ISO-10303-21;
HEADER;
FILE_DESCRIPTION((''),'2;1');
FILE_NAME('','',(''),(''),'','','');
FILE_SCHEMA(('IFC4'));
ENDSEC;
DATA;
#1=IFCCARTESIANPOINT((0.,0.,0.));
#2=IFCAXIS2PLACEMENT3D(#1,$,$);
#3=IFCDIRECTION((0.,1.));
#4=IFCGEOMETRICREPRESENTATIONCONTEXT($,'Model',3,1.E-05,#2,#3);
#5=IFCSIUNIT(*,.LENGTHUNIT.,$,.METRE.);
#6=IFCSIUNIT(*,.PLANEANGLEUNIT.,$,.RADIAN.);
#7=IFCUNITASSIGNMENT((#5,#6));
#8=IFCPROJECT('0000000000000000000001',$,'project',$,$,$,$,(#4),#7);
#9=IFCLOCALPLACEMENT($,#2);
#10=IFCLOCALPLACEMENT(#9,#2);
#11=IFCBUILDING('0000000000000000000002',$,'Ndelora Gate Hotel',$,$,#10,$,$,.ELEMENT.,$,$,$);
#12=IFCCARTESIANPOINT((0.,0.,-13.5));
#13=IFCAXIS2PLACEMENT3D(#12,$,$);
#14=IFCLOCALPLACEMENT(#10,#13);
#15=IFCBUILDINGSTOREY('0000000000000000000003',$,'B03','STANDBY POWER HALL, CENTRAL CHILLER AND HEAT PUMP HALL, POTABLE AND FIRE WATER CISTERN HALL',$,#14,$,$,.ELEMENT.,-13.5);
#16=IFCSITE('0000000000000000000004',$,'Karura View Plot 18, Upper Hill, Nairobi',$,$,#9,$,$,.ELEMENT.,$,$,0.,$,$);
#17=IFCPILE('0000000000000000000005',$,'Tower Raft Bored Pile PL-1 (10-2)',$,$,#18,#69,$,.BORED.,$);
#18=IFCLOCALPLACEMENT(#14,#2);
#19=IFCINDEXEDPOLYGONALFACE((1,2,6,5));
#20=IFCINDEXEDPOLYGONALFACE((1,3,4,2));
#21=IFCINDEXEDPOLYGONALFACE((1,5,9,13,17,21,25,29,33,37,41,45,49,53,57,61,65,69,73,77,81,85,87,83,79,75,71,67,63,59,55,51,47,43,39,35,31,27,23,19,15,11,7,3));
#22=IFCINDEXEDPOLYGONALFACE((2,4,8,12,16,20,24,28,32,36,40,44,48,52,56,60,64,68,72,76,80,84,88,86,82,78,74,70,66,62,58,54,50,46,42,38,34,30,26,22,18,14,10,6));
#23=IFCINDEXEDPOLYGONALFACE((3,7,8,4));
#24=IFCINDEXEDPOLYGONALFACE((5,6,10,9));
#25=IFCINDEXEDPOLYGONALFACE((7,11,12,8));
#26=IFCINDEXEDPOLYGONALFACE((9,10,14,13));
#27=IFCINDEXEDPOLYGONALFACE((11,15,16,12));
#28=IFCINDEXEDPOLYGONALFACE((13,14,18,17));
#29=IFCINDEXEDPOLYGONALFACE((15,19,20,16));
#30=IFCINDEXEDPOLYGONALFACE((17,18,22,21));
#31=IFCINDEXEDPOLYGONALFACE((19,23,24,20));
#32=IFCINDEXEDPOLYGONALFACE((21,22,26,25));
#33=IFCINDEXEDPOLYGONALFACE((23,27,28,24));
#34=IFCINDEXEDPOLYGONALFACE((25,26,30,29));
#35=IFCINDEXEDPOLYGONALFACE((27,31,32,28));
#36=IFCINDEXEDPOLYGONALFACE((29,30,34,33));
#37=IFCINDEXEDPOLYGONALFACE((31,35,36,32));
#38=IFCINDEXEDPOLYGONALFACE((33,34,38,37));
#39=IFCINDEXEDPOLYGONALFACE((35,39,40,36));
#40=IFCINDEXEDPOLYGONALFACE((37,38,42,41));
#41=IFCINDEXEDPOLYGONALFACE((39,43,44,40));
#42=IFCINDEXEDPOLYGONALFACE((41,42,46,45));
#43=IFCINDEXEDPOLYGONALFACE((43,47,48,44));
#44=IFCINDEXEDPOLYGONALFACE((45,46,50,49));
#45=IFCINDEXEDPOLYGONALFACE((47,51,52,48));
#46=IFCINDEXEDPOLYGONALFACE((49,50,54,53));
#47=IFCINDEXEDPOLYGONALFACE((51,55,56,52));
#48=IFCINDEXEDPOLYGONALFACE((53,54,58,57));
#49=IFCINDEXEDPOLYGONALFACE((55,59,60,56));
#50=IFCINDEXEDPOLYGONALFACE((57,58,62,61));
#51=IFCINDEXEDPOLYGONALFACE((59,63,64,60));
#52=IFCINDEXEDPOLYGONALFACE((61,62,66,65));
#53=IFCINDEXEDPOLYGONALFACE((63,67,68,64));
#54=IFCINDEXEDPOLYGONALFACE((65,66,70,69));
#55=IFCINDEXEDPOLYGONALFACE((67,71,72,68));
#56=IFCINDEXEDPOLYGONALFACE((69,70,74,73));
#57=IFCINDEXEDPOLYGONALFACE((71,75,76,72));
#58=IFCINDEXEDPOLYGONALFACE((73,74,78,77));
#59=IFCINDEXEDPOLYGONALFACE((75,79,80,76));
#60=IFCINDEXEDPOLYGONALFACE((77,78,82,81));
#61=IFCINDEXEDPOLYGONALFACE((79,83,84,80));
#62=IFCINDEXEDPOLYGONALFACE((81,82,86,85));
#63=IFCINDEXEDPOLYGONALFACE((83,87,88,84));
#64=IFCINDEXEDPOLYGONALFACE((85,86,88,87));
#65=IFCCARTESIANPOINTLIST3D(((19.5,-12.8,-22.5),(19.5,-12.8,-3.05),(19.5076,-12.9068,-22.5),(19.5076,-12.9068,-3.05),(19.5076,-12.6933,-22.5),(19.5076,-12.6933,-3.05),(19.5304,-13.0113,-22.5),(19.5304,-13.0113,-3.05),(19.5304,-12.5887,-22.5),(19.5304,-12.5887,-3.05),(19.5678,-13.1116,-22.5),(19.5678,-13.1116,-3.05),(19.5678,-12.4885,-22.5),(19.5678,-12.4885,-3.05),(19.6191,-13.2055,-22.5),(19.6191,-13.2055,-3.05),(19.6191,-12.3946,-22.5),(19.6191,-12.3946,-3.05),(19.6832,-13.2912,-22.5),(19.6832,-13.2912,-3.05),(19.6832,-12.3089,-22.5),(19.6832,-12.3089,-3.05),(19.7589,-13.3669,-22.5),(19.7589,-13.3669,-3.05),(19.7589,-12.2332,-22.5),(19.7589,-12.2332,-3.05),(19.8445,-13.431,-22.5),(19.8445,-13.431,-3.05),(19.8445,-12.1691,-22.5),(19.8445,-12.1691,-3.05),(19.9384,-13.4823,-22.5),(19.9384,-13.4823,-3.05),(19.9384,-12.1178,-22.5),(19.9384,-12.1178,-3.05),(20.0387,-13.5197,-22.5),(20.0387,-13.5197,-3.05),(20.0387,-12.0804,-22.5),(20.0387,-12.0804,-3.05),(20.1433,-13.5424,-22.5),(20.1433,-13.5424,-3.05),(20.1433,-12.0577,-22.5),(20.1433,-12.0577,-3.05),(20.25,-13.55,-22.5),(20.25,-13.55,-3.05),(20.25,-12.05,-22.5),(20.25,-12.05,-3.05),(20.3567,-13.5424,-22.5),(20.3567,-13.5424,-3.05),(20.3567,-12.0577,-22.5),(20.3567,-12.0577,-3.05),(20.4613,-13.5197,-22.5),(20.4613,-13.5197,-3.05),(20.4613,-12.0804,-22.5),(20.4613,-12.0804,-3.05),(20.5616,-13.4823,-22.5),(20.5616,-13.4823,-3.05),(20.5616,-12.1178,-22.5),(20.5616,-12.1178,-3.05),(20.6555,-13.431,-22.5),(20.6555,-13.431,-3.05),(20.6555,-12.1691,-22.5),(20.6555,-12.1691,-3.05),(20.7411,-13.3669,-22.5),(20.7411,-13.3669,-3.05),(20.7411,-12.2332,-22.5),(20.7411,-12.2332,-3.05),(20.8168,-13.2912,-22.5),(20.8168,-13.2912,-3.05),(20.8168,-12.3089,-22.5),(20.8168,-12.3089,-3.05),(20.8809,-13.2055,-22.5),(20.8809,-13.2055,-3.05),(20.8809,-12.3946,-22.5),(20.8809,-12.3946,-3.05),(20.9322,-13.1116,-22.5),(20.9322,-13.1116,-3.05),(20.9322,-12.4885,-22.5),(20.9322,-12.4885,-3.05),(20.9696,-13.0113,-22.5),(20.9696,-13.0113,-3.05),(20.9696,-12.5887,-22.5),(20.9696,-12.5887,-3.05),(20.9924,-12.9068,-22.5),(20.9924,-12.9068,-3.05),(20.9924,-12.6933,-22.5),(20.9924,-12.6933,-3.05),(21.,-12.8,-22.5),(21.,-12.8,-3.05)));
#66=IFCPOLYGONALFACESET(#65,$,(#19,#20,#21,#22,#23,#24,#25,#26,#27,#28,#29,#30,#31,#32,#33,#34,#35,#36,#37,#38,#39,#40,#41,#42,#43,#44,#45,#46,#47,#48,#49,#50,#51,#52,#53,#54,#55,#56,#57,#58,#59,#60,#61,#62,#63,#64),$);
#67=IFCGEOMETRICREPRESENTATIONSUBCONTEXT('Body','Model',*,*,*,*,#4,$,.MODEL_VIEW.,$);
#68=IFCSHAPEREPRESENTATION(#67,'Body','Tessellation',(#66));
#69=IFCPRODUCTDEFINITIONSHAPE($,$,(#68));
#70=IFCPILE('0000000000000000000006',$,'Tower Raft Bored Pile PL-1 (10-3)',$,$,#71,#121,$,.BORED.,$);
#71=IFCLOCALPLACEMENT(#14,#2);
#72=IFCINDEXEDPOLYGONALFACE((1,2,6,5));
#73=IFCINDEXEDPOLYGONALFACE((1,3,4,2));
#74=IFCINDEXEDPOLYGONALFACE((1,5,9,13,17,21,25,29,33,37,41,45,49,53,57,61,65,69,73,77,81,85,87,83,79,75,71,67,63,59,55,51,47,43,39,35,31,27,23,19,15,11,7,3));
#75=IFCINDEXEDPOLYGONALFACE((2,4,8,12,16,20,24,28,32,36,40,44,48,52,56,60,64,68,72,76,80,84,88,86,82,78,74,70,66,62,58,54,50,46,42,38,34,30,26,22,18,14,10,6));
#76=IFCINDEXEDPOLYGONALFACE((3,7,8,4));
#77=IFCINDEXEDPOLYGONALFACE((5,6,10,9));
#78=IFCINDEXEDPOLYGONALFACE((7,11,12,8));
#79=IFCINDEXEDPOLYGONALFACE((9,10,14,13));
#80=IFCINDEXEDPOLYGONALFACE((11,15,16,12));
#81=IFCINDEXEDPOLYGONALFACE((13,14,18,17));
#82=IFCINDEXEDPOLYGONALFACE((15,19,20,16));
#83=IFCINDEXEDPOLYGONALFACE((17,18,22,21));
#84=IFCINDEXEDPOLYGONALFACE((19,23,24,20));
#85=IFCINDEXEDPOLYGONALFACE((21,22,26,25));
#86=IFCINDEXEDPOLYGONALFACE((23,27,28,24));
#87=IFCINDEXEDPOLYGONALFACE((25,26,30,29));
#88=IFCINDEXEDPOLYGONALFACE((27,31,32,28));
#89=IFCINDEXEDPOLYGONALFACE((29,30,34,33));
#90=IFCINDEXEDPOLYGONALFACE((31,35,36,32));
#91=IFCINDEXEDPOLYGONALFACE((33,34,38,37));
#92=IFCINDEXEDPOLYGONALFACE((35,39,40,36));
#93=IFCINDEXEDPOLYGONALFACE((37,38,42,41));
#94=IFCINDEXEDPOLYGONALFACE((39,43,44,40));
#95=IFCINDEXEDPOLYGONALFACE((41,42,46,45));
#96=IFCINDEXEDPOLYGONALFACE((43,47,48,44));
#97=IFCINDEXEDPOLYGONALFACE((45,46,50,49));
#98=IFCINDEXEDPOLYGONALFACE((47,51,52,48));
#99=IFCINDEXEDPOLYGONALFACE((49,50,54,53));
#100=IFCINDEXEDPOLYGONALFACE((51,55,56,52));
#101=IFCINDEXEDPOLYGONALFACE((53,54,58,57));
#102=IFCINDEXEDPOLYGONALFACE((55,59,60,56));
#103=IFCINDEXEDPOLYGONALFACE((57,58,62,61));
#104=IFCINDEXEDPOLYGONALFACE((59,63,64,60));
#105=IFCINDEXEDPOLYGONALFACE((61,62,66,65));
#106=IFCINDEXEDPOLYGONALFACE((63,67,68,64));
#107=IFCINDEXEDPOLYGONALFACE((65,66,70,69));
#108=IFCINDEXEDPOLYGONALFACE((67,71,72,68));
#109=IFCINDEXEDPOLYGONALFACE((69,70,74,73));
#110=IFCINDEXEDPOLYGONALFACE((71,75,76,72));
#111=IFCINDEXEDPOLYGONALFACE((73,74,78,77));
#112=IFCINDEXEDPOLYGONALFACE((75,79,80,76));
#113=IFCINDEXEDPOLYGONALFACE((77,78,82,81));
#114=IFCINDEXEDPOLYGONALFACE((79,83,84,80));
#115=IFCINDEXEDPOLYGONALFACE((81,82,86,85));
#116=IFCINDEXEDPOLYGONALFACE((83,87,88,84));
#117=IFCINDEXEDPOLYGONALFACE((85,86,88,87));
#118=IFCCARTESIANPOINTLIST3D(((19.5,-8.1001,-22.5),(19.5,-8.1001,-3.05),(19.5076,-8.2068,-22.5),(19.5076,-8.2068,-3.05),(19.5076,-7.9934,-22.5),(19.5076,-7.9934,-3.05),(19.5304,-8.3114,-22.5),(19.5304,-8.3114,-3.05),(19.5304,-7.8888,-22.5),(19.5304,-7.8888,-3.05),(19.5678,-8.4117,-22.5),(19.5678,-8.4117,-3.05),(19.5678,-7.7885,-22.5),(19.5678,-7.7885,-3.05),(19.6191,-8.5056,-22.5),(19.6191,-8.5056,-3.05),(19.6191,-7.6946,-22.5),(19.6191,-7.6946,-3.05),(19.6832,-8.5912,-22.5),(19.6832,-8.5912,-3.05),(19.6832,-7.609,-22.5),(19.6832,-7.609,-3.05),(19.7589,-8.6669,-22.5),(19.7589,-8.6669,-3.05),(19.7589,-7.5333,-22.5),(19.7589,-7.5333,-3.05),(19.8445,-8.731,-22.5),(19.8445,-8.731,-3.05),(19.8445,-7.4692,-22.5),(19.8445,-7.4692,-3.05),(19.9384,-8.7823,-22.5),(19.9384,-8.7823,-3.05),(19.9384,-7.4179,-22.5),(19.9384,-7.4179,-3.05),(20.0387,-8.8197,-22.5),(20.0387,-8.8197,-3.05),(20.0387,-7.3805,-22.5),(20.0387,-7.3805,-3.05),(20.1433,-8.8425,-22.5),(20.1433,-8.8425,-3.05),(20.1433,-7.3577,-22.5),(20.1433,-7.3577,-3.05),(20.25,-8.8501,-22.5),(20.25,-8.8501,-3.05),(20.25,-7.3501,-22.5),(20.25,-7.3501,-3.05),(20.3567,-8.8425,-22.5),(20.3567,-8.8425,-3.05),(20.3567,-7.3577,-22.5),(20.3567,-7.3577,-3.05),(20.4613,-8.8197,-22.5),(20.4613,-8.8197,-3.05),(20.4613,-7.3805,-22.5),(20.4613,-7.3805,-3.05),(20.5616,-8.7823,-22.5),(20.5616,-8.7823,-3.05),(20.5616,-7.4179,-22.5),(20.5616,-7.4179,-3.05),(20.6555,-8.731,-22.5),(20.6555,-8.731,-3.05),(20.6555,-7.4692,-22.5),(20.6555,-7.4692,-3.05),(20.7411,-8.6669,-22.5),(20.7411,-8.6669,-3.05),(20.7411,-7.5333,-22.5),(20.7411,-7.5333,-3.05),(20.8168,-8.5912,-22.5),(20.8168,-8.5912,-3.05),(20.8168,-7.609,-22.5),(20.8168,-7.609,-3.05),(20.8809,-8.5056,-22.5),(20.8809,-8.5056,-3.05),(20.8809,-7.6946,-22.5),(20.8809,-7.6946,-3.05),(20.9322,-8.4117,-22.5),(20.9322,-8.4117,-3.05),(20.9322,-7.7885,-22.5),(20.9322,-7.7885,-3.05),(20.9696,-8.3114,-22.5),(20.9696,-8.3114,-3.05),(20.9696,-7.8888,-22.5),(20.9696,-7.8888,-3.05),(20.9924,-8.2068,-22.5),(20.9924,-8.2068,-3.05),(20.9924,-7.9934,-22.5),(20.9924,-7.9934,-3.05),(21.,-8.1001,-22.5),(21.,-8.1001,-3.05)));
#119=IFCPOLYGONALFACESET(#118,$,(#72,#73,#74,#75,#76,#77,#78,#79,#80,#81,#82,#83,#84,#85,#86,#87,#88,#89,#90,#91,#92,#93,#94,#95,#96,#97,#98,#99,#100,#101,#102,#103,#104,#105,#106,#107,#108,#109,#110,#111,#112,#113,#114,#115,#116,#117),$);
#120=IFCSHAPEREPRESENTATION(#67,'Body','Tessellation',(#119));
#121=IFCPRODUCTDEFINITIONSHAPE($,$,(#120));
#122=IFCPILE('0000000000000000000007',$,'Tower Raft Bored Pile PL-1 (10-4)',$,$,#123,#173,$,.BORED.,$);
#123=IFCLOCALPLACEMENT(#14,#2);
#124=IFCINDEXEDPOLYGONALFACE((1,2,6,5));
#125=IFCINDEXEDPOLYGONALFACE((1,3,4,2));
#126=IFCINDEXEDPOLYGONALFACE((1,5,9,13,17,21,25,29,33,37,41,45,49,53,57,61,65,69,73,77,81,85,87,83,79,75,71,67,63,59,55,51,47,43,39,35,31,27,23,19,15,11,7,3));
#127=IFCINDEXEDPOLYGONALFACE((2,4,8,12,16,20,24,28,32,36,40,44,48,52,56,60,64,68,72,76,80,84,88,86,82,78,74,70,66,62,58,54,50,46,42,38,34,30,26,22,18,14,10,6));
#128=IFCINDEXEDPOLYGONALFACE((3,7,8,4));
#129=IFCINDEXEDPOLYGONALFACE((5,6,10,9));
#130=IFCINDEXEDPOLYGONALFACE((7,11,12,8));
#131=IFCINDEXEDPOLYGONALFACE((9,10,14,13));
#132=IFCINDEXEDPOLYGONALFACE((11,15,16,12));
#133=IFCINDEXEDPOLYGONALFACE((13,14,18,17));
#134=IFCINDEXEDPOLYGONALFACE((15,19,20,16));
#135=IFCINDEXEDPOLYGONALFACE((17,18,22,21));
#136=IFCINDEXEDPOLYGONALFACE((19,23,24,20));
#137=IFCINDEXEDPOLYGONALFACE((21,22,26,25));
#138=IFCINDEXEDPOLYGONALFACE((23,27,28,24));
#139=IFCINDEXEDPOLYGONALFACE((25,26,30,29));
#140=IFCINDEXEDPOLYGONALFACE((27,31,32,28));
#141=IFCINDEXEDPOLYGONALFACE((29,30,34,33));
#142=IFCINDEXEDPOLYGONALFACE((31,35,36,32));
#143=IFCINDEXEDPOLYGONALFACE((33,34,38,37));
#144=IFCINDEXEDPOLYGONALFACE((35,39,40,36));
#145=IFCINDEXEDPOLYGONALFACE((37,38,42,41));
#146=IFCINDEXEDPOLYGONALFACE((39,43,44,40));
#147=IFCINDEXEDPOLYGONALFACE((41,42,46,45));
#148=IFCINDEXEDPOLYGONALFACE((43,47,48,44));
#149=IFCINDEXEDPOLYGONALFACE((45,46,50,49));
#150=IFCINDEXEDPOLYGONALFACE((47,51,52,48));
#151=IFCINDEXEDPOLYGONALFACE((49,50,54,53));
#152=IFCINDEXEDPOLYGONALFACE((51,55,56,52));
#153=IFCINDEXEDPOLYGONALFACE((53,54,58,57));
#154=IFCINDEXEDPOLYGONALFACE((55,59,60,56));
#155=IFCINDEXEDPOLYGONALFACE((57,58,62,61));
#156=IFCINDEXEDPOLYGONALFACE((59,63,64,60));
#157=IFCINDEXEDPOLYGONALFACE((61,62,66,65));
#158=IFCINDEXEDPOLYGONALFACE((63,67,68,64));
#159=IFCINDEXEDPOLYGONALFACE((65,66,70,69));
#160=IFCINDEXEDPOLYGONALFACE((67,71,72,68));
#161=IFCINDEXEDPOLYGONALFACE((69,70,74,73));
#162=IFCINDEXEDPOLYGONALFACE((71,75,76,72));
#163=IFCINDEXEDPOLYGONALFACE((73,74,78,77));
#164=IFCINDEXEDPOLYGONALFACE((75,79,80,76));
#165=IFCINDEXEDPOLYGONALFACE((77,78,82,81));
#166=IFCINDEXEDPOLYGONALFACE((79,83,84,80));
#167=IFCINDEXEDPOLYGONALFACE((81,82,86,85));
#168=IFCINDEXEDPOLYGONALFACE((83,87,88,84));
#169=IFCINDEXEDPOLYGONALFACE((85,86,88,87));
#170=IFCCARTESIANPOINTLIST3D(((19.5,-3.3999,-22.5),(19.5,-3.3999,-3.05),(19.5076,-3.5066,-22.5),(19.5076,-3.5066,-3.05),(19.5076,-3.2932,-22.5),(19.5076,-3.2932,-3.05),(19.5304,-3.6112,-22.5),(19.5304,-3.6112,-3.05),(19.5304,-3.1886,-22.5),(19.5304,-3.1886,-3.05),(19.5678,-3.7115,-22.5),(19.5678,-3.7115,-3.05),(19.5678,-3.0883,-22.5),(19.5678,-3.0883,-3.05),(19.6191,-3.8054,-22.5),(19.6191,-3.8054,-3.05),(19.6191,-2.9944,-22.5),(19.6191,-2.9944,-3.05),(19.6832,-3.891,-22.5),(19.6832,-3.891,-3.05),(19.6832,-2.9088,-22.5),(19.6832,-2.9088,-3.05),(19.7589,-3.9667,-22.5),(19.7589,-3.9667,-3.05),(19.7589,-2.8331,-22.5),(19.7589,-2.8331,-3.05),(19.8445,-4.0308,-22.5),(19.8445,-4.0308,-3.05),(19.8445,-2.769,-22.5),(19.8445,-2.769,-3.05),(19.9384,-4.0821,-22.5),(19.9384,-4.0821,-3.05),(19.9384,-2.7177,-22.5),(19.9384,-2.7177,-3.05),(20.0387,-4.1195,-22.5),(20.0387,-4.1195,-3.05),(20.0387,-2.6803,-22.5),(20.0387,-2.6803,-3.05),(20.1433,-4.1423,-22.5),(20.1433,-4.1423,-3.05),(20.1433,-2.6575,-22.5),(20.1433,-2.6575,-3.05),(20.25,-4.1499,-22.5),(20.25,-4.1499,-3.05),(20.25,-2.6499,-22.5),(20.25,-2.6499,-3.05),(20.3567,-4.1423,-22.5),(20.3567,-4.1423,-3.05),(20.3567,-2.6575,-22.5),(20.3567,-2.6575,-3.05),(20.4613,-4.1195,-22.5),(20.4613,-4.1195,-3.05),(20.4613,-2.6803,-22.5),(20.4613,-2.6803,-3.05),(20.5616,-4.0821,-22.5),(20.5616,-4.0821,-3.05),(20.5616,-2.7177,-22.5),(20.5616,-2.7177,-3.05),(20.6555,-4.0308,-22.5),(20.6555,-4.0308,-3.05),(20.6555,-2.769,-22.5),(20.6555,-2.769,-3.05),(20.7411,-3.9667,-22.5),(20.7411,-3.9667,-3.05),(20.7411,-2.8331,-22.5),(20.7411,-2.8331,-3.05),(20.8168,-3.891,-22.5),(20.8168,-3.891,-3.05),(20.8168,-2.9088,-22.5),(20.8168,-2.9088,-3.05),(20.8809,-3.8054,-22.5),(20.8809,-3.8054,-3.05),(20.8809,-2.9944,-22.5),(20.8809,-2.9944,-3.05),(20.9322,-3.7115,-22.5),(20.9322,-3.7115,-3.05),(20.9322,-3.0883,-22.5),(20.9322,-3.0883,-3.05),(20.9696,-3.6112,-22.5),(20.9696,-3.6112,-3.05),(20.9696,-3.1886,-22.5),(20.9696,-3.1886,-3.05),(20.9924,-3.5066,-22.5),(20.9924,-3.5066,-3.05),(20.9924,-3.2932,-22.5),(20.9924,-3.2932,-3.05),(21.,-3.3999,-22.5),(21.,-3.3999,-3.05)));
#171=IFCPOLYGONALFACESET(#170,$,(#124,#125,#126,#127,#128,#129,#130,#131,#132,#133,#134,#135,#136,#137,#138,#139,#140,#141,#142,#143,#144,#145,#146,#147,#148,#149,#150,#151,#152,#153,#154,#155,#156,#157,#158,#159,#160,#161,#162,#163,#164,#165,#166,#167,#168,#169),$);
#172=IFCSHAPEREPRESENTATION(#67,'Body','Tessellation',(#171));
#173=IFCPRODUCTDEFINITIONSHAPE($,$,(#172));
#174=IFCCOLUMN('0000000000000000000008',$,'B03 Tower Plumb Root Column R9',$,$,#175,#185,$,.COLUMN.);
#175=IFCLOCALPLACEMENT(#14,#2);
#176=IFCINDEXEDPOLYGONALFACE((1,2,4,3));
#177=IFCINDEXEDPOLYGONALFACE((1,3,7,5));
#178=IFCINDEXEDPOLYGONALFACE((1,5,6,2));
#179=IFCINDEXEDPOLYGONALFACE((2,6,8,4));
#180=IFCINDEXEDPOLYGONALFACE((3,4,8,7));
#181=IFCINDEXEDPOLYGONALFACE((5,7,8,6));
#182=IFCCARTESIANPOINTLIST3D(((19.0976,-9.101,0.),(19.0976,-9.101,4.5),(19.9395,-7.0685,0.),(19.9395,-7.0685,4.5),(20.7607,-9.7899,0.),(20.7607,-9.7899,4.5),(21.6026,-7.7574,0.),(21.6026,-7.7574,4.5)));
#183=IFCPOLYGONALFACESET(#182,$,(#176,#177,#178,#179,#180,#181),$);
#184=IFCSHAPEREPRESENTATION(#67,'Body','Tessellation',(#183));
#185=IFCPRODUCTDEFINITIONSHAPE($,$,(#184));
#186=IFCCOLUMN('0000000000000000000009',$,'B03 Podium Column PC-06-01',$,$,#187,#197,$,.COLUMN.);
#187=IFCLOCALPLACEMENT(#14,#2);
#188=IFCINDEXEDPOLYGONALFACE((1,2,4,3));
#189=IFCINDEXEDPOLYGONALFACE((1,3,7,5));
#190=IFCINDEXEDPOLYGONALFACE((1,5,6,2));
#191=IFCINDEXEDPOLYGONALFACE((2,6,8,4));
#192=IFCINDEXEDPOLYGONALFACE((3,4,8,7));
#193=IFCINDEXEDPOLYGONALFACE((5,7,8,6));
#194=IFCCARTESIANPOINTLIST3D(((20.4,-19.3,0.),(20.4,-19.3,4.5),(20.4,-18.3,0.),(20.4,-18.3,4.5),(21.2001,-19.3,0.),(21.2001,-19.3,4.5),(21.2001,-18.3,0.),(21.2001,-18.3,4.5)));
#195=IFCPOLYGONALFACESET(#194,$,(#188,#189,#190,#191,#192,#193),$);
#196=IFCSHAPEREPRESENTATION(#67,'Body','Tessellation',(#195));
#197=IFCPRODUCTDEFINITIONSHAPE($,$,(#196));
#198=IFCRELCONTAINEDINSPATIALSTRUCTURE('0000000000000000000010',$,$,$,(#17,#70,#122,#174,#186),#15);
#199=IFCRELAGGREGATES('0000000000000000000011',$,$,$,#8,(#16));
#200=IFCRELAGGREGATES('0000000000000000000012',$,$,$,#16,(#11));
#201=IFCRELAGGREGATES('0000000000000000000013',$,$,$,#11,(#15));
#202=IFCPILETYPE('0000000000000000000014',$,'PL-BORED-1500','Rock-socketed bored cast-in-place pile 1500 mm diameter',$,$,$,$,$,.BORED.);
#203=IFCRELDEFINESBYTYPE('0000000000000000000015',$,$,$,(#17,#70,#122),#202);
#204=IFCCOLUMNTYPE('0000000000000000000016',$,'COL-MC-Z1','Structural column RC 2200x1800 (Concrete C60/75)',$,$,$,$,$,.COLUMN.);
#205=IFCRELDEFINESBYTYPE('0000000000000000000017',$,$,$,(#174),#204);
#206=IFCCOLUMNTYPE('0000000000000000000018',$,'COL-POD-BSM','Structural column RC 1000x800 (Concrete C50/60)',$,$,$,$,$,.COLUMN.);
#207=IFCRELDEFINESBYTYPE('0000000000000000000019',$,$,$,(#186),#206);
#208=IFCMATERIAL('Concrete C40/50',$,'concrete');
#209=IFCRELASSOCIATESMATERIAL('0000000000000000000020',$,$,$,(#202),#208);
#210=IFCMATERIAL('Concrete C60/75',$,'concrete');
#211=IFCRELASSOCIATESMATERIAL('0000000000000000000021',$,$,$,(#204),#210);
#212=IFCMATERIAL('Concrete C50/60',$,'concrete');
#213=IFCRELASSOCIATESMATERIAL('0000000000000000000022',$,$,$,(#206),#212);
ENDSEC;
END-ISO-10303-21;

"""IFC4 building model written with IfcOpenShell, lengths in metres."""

from ifc_helpers import new_model, si_unit, direction, frame, origin, origin_2d, place, context, subcontext, project, spatial, rectangle, circle, extrude, material, material_profile, profile_set, type_object, element, save


model = new_model("IFC4")

# Units and contexts
model_context = context("Model", 3, precision=1e-05, world=origin(), true_north=direction((0.0, 1.0)))
body_context = subcontext(model_context, "Body", "Model", "MODEL_VIEW")
ifc_project = project(units=[si_unit("LENGTHUNIT", "METRE"), si_unit("PLANEANGLEUNIT", "RADIAN")], contexts=[model_context])

# Site, building, storey
site_placement = place(None, origin())
site = spatial("IfcSite", under=ifc_project, at=site_placement, Name="Karura View Plot 18, Upper Hill, Nairobi", CompositionType="ELEMENT", RefElevation=0.0)
building_placement = place(site_placement, origin())
building = spatial("IfcBuilding", under=site, at=building_placement, Name="Ndelora Gate Hotel", CompositionType="ELEMENT")
storey_placement = place(building_placement, frame((0.0, 0.0, -13.5)))
storey = spatial("IfcBuildingStorey", under=building, at=storey_placement, Name="B03", Description="STANDBY POWER HALL, CENTRAL CHILLER AND HEAT PUMP HALL, POTABLE AND FIRE WATER CISTERN HALL", CompositionType="ELEMENT", Elevation=-13.5)

# Shared definitions
ifc_material_1 = material(Name="Concrete C40/50", Category="concrete")

# Piles
ifc_material_profile_1 = material_profile(ifc_material_1, circle(Radius=0.75, at=origin_2d()), Name="PILE D1500")
ifc_profile_set_1 = profile_set([ifc_material_profile_1], Name="Concrete C40/50")
pile_type_1 = type_object("IfcPileType", Name="PL-BORED-1500", Description="Rock-socketed bored cast-in-place pile 1500 mm diameter", PredefinedType="BORED", material=ifc_profile_set_1)
for number, where, z_axis, x_axis, name in (
    (1, (20.25, -12.8, -3.05), (0.0, 0.0, -1.0), (1.0, 0.0, 0.0), "Tower Raft Bored Pile PL-1 (10-2)"),
    (2, (20.25, -8.1001, -3.05), (0.0, 0.0, -1.0), (1.0, 0.0, 0.0), "Tower Raft Bored Pile PL-1 (10-3)"),
    (3, (20.25, -3.3999, -3.05), (0.0, 0.0, -1.0), (1.0, 0.0, 0.0), "Tower Raft Bored Pile PL-1 (10-4)"),
):
    element("IfcPile", number, at=place(storey_placement, frame(where, z_axis=z_axis, x_axis=x_axis)), inside=storey, type_object=pile_type_1, Name=name, PredefinedType="BORED", context=body_context, shape_type="SweptSolid", body=[
        extrude(circle(Radius=0.75, at=origin_2d()), origin(), (0.0, 0.0, 1.0), 19.45),
    ])

# Columns
ifc_material_2 = material(Name="Concrete C60/75", Category="concrete")
ifc_material_profile_2 = material_profile(ifc_material_2, rectangle(XDim=1.8, YDim=2.2, at=origin_2d()), Name="RC 2200x1800")
ifc_profile_set_2 = profile_set([ifc_material_profile_2], Name="Concrete C60/75")
column_type_1 = type_object("IfcColumnType", Name="COL-MC-Z1", Description="Structural column RC 2200x1800 (Concrete C60/75)", PredefinedType="COLUMN", material=ifc_profile_set_2)
column_placement = place(storey_placement, frame((20.3501, -8.4292, 0.0), z_axis=(0.0, 0.0, 1.0), x_axis=(-0.92388, 0.382683, 0.0)))
element("IfcColumn", 4, at=column_placement, inside=storey, type_object=column_type_1, Name="B03 Tower Plumb Root Column R9", PredefinedType="COLUMN", context=body_context, shape_type="SweptSolid", body=[
    extrude(rectangle(XDim=1.8, YDim=2.2, at=origin_2d()), origin(), (0.0, 0.0, 1.0), 4.5),
])
ifc_material_3 = material(Name="Concrete C50/60", Category="concrete")
ifc_material_profile_3 = material_profile(ifc_material_3, rectangle(XDim=0.8, YDim=1.0, at=origin_2d()), Name="RC 1000x800")
ifc_profile_set_3 = profile_set([ifc_material_profile_3], Name="Concrete C50/60")
column_type_2 = type_object("IfcColumnType", Name="COL-POD-BSM", Description="Structural column RC 1000x800 (Concrete C50/60)", PredefinedType="COLUMN", material=ifc_profile_set_3)
for number, where, z_axis, x_axis, name in (
    (5, (20.8, -18.8, 0.0), (0.0, 0.0, 1.0), (1.0, 0.0, 0.0), "B03 Podium Column PC-06-01"),
):
    element("IfcColumn", number, at=place(storey_placement, frame(where, z_axis=z_axis, x_axis=x_axis)), inside=storey, type_object=column_type_2, Name=name, PredefinedType="COLUMN", context=body_context, shape_type="SweptSolid", body=[
        extrude(rectangle(XDim=0.8, YDim=1.0, at=origin_2d()), origin(), (0.0, 0.0, 1.0), 4.5),
    ])

save(model, "model.ifc")
